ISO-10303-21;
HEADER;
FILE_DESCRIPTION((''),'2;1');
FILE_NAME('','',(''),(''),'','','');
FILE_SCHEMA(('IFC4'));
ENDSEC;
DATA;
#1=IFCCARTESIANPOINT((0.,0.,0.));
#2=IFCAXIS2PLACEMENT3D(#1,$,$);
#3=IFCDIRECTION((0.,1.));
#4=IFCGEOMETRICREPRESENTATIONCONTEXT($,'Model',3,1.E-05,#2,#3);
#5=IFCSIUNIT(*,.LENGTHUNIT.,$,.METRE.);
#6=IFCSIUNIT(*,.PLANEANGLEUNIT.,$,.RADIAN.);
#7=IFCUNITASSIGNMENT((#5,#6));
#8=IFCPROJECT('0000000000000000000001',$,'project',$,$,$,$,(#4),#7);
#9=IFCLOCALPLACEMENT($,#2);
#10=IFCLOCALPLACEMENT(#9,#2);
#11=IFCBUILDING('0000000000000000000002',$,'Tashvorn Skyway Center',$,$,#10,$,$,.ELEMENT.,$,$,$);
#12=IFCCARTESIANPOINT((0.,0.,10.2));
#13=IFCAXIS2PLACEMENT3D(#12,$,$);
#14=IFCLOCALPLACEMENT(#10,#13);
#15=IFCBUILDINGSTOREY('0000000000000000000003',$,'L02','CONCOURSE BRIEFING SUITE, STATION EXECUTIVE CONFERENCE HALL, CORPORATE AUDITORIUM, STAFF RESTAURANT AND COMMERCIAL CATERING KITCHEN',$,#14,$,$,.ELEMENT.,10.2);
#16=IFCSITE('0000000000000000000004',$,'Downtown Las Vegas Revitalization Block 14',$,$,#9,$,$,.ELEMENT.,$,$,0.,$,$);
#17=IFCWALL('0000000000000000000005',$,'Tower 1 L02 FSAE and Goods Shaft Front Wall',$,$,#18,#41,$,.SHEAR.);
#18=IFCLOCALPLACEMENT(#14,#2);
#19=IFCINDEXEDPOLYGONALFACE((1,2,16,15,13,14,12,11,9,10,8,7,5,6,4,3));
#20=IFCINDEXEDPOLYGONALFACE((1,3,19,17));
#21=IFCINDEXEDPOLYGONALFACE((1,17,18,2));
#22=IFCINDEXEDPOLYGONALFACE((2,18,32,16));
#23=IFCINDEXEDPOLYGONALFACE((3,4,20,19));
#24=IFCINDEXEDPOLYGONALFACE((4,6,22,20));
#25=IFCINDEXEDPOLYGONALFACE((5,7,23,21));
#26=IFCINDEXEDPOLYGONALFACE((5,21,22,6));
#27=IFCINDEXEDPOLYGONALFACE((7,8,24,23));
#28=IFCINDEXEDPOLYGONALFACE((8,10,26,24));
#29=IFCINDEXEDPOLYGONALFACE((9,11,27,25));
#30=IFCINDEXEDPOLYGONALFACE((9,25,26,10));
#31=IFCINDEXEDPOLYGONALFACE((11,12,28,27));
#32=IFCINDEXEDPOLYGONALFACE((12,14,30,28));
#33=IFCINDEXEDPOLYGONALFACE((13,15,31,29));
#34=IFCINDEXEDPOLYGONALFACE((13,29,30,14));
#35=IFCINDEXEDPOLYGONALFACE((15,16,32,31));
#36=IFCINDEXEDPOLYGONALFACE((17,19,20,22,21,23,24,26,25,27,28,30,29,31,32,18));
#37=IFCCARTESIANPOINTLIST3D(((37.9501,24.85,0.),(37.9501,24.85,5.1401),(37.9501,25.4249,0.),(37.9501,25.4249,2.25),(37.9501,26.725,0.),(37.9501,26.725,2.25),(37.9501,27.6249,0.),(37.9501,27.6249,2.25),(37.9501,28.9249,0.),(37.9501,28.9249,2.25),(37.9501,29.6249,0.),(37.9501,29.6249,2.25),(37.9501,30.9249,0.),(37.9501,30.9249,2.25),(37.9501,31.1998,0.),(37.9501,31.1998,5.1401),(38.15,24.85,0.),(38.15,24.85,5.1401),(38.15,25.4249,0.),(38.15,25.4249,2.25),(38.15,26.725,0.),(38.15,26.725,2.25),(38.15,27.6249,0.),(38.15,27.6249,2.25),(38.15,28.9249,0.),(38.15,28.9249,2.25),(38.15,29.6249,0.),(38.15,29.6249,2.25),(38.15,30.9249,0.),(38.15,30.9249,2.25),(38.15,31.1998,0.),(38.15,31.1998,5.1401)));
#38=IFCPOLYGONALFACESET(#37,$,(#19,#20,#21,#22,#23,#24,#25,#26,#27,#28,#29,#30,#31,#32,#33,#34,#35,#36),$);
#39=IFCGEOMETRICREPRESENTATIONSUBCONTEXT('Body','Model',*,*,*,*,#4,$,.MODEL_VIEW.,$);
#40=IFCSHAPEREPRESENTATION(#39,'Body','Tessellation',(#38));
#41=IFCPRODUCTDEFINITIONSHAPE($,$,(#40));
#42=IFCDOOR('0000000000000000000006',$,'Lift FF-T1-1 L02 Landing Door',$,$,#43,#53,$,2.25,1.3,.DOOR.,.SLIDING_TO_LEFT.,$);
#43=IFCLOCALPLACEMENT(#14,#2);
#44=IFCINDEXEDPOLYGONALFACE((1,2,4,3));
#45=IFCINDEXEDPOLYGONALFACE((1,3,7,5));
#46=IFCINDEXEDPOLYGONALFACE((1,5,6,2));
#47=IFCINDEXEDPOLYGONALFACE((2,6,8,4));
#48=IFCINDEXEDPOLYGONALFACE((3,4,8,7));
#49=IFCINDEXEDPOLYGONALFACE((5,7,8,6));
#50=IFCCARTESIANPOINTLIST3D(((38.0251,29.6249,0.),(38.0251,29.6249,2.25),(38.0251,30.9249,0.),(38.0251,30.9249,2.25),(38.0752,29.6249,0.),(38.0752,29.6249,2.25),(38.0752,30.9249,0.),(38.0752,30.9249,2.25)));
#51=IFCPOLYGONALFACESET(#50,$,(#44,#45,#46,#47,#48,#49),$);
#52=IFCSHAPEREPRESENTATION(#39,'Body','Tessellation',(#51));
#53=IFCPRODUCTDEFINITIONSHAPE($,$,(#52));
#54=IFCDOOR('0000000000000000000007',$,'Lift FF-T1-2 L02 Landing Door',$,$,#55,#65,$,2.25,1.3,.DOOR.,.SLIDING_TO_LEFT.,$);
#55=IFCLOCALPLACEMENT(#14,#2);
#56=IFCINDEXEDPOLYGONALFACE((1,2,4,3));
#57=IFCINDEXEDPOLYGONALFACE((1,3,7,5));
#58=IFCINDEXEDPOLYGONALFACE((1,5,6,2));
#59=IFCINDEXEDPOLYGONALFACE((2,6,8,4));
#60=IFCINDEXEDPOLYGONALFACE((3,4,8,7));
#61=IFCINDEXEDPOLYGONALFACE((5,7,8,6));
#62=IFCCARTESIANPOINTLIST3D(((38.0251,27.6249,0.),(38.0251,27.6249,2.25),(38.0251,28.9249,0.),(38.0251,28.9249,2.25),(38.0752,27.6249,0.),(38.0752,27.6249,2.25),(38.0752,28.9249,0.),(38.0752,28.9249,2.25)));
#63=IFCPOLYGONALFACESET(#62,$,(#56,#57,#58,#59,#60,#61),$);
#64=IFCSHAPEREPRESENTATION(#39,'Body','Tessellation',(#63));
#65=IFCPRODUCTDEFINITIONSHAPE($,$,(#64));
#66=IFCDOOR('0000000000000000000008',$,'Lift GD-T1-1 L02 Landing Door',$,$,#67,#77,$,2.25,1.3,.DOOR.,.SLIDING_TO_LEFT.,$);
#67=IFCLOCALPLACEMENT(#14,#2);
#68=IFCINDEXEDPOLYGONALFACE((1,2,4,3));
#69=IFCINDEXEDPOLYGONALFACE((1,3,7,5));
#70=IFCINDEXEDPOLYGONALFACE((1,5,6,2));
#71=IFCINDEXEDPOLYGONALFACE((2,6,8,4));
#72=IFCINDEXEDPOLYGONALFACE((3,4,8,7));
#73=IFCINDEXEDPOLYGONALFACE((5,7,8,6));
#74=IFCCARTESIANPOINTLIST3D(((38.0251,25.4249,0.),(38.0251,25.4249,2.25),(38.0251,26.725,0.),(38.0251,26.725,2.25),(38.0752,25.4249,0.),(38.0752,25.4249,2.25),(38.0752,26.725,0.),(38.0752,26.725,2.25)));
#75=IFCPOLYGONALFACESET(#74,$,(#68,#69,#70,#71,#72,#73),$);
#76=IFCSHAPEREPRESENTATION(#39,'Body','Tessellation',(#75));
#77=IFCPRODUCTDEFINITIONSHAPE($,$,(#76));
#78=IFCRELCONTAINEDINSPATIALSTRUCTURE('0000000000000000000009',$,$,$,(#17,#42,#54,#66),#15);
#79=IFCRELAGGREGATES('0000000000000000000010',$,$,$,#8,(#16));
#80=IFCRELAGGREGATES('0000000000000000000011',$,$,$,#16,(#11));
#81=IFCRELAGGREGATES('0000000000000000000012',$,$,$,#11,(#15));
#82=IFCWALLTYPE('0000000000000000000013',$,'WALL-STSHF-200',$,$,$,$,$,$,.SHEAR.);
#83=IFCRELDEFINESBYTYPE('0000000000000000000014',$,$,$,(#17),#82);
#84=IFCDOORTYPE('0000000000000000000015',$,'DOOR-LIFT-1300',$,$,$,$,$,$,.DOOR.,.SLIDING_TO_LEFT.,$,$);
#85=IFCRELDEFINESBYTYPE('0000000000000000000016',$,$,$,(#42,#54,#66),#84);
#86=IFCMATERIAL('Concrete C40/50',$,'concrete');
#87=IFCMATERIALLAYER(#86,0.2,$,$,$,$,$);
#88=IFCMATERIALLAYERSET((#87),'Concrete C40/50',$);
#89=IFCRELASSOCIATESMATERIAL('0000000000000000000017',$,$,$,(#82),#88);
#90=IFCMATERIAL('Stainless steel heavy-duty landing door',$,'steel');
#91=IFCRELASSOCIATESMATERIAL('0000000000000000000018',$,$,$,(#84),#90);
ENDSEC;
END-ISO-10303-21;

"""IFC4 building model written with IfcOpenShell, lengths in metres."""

from ifc_helpers import new_model, si_unit, direction, frame, frame_2d, origin, place, context, subcontext, project, spatial, rectangle, extrude, material, layer, layer_set, type_object, element, fill, save


model = new_model("IFC4")

# Units and contexts
model_context = context("Model", 3, precision=1e-05, world=origin(), true_north=direction((0.0, 1.0)))
body_context = subcontext(model_context, "Body", "Model", "MODEL_VIEW")
ifc_project = project(units=[si_unit("LENGTHUNIT", "METRE"), si_unit("PLANEANGLEUNIT", "RADIAN")], contexts=[model_context])

# Site, building, storey
site_placement = place(None, origin())
site = spatial("IfcSite", under=ifc_project, at=site_placement, Name="Downtown Las Vegas Revitalization Block 14", CompositionType="ELEMENT", RefElevation=0.0)
building_placement = place(site_placement, origin())
building = spatial("IfcBuilding", under=site, at=building_placement, Name="Tashvorn Skyway Center", CompositionType="ELEMENT")
storey_placement = place(building_placement, frame((0.0, 0.0, 10.2)))
storey = spatial("IfcBuildingStorey", under=building, at=storey_placement, Name="L02", Description="CONCOURSE BRIEFING SUITE, STATION EXECUTIVE CONFERENCE HALL, CORPORATE AUDITORIUM, STAFF RESTAURANT AND COMMERCIAL CATERING KITCHEN", CompositionType="ELEMENT", Elevation=10.2)

# Shared definitions
ifc_material_1 = material(Name="Concrete C40/50", Category="concrete")

# Shared definitions
ifc_layer_1 = layer(ifc_material_1, 0.2)
ifc_layer_set_1 = layer_set([ifc_layer_1], Name="Concrete C40/50")
wall_type_1 = type_object("IfcWallType", Name="WALL-STSHF-200", PredefinedType="SHEAR", material=ifc_layer_set_1)

# Wall, openings, doors
wall_1_placement = place(storey_placement, frame((38.05, 24.8501, 0.0), z_axis=(0.0, 0.0, 1.0), x_axis=(0.0, 1.0, 0.0)))
wall_1 = element("IfcWall", 1, at=wall_1_placement, inside=storey, type_object=wall_type_1, Name="Tower 1 L02 FSAE and Goods Shaft Front Wall", PredefinedType="SHEAR", context=body_context, shape_type="SweptSolid", body=[
    extrude(rectangle(XDim=6.3499, YDim=0.2, at=frame_2d((3.1748, 0.0))), origin(), (0.0, 0.0, 1.0), 5.1401),
])
opening_1_placement = place(wall_1_placement, frame((4.7749, 0.0, 0.0)))
opening_1 = element("IfcOpeningElement", 2, at=opening_1_placement, cuts=wall_1, PredefinedType="OPENING", context=body_context, shape_type="SweptSolid", body=[
    extrude(rectangle(XDim=1.3, YDim=2.25, at=frame_2d((0.6499, 1.125))), frame((0.0, 0.1099, 0.0), z_axis=(0.0, -1.0, 0.0), x_axis=(1.0, 0.0, 0.0)), (0.0, 0.0, 1.0), 0.22),
])
opening_2_placement = place(wall_1_placement, frame((2.7749, 0.0, 0.0)))
opening_2 = element("IfcOpeningElement", 3, at=opening_2_placement, cuts=wall_1, PredefinedType="OPENING", context=body_context, shape_type="SweptSolid", body=[
    extrude(rectangle(XDim=1.3, YDim=2.25, at=frame_2d((0.6499, 1.125))), frame((0.0, 0.1099, 0.0), z_axis=(0.0, -1.0, 0.0), x_axis=(1.0, 0.0, 0.0)), (0.0, 0.0, 1.0), 0.22),
])
opening_3_placement = place(wall_1_placement, frame((0.575, 0.0, 0.0)))
opening_3 = element("IfcOpeningElement", 4, at=opening_3_placement, cuts=wall_1, PredefinedType="OPENING", context=body_context, shape_type="SweptSolid", body=[
    extrude(rectangle(XDim=1.3, YDim=2.25, at=frame_2d((0.6499, 1.125))), frame((0.0, 0.1099, 0.0), z_axis=(0.0, -1.0, 0.0), x_axis=(1.0, 0.0, 0.0)), (0.0, 0.0, 1.0), 0.22),
])
ifc_material_2 = material(Name="Stainless steel heavy-duty landing door", Category="steel")
door_type_1 = type_object("IfcDoorType", Name="DOOR-LIFT-1300", OperationType="SLIDING_TO_LEFT", PredefinedType="DOOR", material=ifc_material_2)
door_1_placement = place(opening_1_placement, origin())
door_1 = element("IfcDoor", 5, at=door_1_placement, inside=storey, type_object=door_type_1, Name="Lift FF-T1-1 L02 Landing Door", OperationType="SLIDING_TO_LEFT", OverallHeight=2.25, OverallWidth=1.3, PredefinedType="DOOR", context=body_context, shape_type="SweptSolid", body=[
    extrude(rectangle(XDim=1.3, YDim=2.25, at=frame_2d((0.6499, 1.125))), frame((0.0, 0.0249, 0.0), z_axis=(0.0, -1.0, 0.0), x_axis=(1.0, 0.0, 0.0)), (0.0, 0.0, 1.0), 0.05),
])
fill(opening_1, door_1)
door_2_placement = place(opening_2_placement, origin())
door_2 = element("IfcDoor", 6, at=door_2_placement, inside=storey, type_object=door_type_1, Name="Lift FF-T1-2 L02 Landing Door", OperationType="SLIDING_TO_LEFT", OverallHeight=2.25, OverallWidth=1.3, PredefinedType="DOOR", context=body_context, shape_type="SweptSolid", body=[
    extrude(rectangle(XDim=1.3, YDim=2.25, at=frame_2d((0.6499, 1.125))), frame((0.0, 0.0249, 0.0), z_axis=(0.0, -1.0, 0.0), x_axis=(1.0, 0.0, 0.0)), (0.0, 0.0, 1.0), 0.05),
])
fill(opening_2, door_2)
door_3_placement = place(opening_3_placement, origin())
door_3 = element("IfcDoor", 7, at=door_3_placement, inside=storey, type_object=door_type_1, Name="Lift GD-T1-1 L02 Landing Door", OperationType="SLIDING_TO_LEFT", OverallHeight=2.25, OverallWidth=1.3, PredefinedType="DOOR", context=body_context, shape_type="SweptSolid", body=[
    extrude(rectangle(XDim=1.3, YDim=2.25, at=frame_2d((0.6499, 1.125))), frame((0.0, 0.0249, 0.0), z_axis=(0.0, -1.0, 0.0), x_axis=(1.0, 0.0, 0.0)), (0.0, 0.0, 1.0), 0.05),
])
fill(opening_3, door_3)

save(model, "model.ifc")
